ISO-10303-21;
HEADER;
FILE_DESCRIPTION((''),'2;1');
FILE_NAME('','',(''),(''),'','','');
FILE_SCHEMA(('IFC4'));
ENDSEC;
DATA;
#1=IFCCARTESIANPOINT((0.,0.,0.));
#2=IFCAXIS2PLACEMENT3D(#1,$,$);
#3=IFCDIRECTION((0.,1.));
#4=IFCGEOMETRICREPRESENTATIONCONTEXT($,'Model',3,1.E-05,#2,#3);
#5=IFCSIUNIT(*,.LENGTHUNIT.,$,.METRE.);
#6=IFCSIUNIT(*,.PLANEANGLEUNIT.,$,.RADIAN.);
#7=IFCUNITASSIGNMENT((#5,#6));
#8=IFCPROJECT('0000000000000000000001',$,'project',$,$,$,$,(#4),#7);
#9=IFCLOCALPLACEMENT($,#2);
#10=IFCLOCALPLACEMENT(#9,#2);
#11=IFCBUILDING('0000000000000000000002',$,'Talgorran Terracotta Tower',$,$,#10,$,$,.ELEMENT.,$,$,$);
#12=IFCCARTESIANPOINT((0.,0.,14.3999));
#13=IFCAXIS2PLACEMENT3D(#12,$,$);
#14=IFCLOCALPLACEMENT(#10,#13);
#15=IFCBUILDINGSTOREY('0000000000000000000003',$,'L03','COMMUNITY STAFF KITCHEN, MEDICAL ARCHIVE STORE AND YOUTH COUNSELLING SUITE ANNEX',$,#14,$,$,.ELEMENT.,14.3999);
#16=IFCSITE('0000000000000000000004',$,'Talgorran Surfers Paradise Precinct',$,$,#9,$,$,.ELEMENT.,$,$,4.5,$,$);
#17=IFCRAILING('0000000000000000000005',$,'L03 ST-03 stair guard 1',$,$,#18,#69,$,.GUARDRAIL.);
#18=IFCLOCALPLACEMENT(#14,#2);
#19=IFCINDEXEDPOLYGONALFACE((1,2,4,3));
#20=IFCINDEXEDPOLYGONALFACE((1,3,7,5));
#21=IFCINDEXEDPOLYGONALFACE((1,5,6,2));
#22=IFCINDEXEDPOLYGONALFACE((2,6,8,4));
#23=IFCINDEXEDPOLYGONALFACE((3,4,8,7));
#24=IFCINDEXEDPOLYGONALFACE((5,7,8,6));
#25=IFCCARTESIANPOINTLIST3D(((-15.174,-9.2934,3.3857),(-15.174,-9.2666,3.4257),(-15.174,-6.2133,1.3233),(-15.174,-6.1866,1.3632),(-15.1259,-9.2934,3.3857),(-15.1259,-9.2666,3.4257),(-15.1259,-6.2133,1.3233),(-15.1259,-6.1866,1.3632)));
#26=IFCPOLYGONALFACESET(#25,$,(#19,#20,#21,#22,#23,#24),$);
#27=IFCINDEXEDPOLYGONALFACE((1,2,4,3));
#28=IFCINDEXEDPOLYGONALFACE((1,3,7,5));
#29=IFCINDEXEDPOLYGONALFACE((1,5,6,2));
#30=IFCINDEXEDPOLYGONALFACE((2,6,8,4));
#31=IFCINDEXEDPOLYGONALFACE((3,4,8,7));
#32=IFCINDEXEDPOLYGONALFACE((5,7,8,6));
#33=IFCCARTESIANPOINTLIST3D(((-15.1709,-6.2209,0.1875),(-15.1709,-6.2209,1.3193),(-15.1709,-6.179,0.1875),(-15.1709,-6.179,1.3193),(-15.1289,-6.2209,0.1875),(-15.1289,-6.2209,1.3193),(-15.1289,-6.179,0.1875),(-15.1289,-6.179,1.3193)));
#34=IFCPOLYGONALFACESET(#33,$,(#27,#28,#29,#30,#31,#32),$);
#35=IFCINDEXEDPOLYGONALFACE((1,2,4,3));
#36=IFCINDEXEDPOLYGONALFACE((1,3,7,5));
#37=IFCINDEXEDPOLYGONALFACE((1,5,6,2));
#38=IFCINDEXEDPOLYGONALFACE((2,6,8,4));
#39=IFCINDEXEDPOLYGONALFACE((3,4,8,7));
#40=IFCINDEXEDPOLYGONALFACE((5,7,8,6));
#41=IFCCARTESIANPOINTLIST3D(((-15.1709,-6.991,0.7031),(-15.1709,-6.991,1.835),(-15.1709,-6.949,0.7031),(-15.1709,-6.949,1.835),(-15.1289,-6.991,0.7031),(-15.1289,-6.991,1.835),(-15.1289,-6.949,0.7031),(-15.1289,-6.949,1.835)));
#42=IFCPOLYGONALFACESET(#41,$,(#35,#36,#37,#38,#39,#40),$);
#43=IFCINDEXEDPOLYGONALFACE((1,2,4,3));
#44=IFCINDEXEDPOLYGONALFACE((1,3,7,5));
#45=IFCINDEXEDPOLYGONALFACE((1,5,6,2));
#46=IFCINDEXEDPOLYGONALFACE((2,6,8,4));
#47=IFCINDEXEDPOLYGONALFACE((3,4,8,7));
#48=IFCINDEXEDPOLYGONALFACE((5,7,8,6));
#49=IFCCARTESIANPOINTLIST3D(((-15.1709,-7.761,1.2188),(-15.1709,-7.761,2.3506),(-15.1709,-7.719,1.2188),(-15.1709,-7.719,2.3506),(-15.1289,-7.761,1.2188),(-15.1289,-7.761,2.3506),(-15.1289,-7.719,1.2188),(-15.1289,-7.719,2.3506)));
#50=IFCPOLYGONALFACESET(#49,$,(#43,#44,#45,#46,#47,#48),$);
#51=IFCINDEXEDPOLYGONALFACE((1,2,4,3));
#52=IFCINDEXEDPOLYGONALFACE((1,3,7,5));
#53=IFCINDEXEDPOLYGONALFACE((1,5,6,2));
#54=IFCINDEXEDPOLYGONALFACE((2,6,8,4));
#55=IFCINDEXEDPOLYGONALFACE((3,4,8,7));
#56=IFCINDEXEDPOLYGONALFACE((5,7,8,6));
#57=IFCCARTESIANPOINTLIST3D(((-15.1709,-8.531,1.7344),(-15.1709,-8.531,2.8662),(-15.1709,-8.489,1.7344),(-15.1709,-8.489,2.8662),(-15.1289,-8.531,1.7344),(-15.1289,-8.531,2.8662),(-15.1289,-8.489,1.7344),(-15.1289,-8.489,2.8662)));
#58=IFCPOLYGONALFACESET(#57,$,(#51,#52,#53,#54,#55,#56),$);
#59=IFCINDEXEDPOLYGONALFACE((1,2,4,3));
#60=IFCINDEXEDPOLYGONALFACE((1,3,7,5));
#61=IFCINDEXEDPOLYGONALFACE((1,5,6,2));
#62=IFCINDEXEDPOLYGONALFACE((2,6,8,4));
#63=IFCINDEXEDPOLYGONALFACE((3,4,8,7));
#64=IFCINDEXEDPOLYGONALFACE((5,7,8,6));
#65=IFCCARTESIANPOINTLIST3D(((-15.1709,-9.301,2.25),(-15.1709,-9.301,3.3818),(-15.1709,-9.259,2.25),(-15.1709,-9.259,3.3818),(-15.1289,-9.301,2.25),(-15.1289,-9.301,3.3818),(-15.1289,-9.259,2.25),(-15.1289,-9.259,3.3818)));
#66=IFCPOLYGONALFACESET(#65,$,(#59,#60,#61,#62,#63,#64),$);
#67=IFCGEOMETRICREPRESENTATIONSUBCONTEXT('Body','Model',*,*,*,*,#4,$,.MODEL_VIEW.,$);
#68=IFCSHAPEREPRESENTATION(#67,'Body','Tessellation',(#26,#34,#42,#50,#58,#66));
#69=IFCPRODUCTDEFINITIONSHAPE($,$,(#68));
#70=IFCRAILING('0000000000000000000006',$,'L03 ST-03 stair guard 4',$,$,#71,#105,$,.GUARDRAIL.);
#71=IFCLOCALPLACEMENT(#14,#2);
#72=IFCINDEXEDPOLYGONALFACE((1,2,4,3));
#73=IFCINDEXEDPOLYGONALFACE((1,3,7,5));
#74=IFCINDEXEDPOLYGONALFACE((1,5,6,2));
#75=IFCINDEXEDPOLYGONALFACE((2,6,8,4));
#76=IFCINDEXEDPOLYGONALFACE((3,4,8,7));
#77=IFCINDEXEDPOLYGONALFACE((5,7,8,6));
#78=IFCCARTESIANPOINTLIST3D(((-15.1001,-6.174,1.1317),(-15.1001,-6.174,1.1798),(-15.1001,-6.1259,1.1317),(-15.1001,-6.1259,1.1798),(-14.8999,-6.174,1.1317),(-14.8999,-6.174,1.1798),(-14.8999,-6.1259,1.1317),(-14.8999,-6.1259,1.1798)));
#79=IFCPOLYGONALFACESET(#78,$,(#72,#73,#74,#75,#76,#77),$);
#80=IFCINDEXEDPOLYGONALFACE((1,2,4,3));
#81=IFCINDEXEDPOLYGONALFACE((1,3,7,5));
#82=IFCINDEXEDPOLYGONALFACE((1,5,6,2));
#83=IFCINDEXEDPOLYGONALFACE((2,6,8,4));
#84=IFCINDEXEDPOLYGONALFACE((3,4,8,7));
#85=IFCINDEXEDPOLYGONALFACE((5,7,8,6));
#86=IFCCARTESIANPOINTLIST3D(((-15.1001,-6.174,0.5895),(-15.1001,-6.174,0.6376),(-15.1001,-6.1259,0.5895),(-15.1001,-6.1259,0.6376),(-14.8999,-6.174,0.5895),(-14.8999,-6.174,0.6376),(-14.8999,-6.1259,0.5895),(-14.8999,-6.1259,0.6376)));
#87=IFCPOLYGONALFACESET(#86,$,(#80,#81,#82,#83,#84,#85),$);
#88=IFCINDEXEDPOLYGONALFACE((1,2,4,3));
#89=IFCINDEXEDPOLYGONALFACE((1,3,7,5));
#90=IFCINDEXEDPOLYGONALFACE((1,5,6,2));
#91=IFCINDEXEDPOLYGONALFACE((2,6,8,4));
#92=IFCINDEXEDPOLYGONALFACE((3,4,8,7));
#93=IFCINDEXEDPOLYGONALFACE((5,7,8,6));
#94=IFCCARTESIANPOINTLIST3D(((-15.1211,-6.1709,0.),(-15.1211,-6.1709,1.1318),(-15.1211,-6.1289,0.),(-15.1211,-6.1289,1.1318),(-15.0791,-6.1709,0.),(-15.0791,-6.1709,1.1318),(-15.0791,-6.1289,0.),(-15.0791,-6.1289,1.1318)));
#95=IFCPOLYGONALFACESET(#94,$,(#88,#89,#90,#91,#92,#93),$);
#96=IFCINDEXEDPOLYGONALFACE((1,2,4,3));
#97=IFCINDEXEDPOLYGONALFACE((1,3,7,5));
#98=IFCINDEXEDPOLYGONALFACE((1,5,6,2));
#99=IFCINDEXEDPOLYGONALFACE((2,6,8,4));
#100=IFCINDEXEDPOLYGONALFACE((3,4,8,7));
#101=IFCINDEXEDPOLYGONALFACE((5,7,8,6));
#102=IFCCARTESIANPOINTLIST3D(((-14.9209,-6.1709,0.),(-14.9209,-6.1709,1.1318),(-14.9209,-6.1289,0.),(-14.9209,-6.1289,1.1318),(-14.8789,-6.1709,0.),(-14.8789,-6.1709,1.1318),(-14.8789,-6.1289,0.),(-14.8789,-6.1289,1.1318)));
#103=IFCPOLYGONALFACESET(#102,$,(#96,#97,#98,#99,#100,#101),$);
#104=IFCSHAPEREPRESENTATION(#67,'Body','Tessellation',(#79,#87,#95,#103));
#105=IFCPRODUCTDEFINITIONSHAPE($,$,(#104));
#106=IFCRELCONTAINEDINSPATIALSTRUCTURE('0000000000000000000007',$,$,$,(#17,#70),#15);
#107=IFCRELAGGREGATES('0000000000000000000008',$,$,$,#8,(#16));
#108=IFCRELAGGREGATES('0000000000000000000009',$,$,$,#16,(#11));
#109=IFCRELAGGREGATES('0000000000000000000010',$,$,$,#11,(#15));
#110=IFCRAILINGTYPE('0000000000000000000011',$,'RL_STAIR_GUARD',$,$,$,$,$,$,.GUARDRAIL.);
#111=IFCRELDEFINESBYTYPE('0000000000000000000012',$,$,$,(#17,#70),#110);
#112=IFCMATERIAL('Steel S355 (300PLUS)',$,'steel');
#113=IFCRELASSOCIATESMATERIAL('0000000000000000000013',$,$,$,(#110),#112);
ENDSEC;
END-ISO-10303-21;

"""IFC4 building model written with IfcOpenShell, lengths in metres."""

from ifc_helpers import new_model, si_unit, direction, frame, origin, origin_2d, place, context, subcontext, project, spatial, rectangle, extrude, material, type_object, element, save


model = new_model("IFC4")

# Units and contexts
model_context = context("Model", 3, precision=1e-05, world=origin(), true_north=direction((0.0, 1.0)))
body_context = subcontext(model_context, "Body", "Model", "MODEL_VIEW")
ifc_project = project(units=[si_unit("LENGTHUNIT", "METRE"), si_unit("PLANEANGLEUNIT", "RADIAN")], contexts=[model_context])

# Site, building, storey
site_placement = place(None, origin())
site = spatial("IfcSite", under=ifc_project, at=site_placement, Name="Talgorran Surfers Paradise Precinct", CompositionType="ELEMENT", RefElevation=4.5)
building_placement = place(site_placement, origin())
building = spatial("IfcBuilding", under=site, at=building_placement, Name="Talgorran Terracotta Tower", CompositionType="ELEMENT")
storey_placement = place(building_placement, frame((0.0, 0.0, 14.3999)))
storey = spatial("IfcBuildingStorey", under=building, at=storey_placement, Name="L03", Description="COMMUNITY STAFF KITCHEN, MEDICAL ARCHIVE STORE AND YOUTH COUNSELLING SUITE ANNEX", CompositionType="ELEMENT", Elevation=14.3999)

# Shared definitions
ifc_material_1 = material(Name="Steel S355 (300PLUS)", Category="steel")

# Railings
railing_type_1 = type_object("IfcRailingType", Name="RL_STAIR_GUARD", PredefinedType="GUARDRAIL", material=ifc_material_1)
railing_1_placement = place(storey_placement, frame((-15.1499, -6.2, 0.1875)))
element("IfcRailing", 1, at=railing_1_placement, inside=storey, type_object=railing_type_1, Name="L03 ST-03 stair guard 1", PredefinedType="GUARDRAIL", context=body_context, shape_type="SweptSolid", body=[
    extrude(rectangle(XDim=0.0481, YDim=0.0481, at=origin_2d()), frame((0.0, 0.0, 1.1558), z_axis=(0.0, -0.830914, 0.556401), x_axis=(1.0, 0.0, 0.0)), (0.0, 0.0, 1.0), 3.7068),
    extrude(rectangle(XDim=0.042, YDim=0.042, at=origin_2d()), origin(), (0.0, 0.0, 1.0), 1.1318),
    extrude(rectangle(XDim=0.042, YDim=0.042, at=origin_2d()), frame((0.0, -0.77, 0.5156)), (0.0, 0.0, 1.0), 1.1318),
    extrude(rectangle(XDim=0.042, YDim=0.042, at=origin_2d()), frame((0.0, -1.54, 1.0312)), (0.0, 0.0, 1.0), 1.1318),
    extrude(rectangle(XDim=0.042, YDim=0.042, at=origin_2d()), frame((0.0, -2.3101, 1.5469)), (0.0, 0.0, 1.0), 1.1318),
    extrude(rectangle(XDim=0.042, YDim=0.042, at=origin_2d()), frame((0.0, -3.0801, 2.0625)), (0.0, 0.0, 1.0), 1.1318),
])
railing_2_placement = place(storey_placement, frame((-15.1001, -6.1499, 0.0)))
element("IfcRailing", 2, at=railing_2_placement, inside=storey, type_object=railing_type_1, Name="L03 ST-03 stair guard 4", PredefinedType="GUARDRAIL", context=body_context, shape_type="SweptSolid", body=[
    extrude(rectangle(XDim=0.0481, YDim=0.0481, at=origin_2d()), frame((0.0, 0.0, 1.1558), z_axis=(1.0, 0.0, 0.0), x_axis=(0.0, 1.0, 0.0)), (0.0, 0.0, 1.0), 0.2002),
    extrude(rectangle(XDim=0.0481, YDim=0.0481, at=origin_2d()), frame((0.0, 0.0, 0.6135), z_axis=(1.0, 0.0, 0.0), x_axis=(0.0, 1.0, 0.0)), (0.0, 0.0, 1.0), 0.2002),
    extrude(rectangle(XDim=0.042, YDim=0.042, at=origin_2d()), origin(), (0.0, 0.0, 1.0), 1.1318),
    extrude(rectangle(XDim=0.042, YDim=0.042, at=origin_2d()), frame((0.2002, 0.0, 0.0)), (0.0, 0.0, 1.0), 1.1318),
])

save(model, "model.ifc")
